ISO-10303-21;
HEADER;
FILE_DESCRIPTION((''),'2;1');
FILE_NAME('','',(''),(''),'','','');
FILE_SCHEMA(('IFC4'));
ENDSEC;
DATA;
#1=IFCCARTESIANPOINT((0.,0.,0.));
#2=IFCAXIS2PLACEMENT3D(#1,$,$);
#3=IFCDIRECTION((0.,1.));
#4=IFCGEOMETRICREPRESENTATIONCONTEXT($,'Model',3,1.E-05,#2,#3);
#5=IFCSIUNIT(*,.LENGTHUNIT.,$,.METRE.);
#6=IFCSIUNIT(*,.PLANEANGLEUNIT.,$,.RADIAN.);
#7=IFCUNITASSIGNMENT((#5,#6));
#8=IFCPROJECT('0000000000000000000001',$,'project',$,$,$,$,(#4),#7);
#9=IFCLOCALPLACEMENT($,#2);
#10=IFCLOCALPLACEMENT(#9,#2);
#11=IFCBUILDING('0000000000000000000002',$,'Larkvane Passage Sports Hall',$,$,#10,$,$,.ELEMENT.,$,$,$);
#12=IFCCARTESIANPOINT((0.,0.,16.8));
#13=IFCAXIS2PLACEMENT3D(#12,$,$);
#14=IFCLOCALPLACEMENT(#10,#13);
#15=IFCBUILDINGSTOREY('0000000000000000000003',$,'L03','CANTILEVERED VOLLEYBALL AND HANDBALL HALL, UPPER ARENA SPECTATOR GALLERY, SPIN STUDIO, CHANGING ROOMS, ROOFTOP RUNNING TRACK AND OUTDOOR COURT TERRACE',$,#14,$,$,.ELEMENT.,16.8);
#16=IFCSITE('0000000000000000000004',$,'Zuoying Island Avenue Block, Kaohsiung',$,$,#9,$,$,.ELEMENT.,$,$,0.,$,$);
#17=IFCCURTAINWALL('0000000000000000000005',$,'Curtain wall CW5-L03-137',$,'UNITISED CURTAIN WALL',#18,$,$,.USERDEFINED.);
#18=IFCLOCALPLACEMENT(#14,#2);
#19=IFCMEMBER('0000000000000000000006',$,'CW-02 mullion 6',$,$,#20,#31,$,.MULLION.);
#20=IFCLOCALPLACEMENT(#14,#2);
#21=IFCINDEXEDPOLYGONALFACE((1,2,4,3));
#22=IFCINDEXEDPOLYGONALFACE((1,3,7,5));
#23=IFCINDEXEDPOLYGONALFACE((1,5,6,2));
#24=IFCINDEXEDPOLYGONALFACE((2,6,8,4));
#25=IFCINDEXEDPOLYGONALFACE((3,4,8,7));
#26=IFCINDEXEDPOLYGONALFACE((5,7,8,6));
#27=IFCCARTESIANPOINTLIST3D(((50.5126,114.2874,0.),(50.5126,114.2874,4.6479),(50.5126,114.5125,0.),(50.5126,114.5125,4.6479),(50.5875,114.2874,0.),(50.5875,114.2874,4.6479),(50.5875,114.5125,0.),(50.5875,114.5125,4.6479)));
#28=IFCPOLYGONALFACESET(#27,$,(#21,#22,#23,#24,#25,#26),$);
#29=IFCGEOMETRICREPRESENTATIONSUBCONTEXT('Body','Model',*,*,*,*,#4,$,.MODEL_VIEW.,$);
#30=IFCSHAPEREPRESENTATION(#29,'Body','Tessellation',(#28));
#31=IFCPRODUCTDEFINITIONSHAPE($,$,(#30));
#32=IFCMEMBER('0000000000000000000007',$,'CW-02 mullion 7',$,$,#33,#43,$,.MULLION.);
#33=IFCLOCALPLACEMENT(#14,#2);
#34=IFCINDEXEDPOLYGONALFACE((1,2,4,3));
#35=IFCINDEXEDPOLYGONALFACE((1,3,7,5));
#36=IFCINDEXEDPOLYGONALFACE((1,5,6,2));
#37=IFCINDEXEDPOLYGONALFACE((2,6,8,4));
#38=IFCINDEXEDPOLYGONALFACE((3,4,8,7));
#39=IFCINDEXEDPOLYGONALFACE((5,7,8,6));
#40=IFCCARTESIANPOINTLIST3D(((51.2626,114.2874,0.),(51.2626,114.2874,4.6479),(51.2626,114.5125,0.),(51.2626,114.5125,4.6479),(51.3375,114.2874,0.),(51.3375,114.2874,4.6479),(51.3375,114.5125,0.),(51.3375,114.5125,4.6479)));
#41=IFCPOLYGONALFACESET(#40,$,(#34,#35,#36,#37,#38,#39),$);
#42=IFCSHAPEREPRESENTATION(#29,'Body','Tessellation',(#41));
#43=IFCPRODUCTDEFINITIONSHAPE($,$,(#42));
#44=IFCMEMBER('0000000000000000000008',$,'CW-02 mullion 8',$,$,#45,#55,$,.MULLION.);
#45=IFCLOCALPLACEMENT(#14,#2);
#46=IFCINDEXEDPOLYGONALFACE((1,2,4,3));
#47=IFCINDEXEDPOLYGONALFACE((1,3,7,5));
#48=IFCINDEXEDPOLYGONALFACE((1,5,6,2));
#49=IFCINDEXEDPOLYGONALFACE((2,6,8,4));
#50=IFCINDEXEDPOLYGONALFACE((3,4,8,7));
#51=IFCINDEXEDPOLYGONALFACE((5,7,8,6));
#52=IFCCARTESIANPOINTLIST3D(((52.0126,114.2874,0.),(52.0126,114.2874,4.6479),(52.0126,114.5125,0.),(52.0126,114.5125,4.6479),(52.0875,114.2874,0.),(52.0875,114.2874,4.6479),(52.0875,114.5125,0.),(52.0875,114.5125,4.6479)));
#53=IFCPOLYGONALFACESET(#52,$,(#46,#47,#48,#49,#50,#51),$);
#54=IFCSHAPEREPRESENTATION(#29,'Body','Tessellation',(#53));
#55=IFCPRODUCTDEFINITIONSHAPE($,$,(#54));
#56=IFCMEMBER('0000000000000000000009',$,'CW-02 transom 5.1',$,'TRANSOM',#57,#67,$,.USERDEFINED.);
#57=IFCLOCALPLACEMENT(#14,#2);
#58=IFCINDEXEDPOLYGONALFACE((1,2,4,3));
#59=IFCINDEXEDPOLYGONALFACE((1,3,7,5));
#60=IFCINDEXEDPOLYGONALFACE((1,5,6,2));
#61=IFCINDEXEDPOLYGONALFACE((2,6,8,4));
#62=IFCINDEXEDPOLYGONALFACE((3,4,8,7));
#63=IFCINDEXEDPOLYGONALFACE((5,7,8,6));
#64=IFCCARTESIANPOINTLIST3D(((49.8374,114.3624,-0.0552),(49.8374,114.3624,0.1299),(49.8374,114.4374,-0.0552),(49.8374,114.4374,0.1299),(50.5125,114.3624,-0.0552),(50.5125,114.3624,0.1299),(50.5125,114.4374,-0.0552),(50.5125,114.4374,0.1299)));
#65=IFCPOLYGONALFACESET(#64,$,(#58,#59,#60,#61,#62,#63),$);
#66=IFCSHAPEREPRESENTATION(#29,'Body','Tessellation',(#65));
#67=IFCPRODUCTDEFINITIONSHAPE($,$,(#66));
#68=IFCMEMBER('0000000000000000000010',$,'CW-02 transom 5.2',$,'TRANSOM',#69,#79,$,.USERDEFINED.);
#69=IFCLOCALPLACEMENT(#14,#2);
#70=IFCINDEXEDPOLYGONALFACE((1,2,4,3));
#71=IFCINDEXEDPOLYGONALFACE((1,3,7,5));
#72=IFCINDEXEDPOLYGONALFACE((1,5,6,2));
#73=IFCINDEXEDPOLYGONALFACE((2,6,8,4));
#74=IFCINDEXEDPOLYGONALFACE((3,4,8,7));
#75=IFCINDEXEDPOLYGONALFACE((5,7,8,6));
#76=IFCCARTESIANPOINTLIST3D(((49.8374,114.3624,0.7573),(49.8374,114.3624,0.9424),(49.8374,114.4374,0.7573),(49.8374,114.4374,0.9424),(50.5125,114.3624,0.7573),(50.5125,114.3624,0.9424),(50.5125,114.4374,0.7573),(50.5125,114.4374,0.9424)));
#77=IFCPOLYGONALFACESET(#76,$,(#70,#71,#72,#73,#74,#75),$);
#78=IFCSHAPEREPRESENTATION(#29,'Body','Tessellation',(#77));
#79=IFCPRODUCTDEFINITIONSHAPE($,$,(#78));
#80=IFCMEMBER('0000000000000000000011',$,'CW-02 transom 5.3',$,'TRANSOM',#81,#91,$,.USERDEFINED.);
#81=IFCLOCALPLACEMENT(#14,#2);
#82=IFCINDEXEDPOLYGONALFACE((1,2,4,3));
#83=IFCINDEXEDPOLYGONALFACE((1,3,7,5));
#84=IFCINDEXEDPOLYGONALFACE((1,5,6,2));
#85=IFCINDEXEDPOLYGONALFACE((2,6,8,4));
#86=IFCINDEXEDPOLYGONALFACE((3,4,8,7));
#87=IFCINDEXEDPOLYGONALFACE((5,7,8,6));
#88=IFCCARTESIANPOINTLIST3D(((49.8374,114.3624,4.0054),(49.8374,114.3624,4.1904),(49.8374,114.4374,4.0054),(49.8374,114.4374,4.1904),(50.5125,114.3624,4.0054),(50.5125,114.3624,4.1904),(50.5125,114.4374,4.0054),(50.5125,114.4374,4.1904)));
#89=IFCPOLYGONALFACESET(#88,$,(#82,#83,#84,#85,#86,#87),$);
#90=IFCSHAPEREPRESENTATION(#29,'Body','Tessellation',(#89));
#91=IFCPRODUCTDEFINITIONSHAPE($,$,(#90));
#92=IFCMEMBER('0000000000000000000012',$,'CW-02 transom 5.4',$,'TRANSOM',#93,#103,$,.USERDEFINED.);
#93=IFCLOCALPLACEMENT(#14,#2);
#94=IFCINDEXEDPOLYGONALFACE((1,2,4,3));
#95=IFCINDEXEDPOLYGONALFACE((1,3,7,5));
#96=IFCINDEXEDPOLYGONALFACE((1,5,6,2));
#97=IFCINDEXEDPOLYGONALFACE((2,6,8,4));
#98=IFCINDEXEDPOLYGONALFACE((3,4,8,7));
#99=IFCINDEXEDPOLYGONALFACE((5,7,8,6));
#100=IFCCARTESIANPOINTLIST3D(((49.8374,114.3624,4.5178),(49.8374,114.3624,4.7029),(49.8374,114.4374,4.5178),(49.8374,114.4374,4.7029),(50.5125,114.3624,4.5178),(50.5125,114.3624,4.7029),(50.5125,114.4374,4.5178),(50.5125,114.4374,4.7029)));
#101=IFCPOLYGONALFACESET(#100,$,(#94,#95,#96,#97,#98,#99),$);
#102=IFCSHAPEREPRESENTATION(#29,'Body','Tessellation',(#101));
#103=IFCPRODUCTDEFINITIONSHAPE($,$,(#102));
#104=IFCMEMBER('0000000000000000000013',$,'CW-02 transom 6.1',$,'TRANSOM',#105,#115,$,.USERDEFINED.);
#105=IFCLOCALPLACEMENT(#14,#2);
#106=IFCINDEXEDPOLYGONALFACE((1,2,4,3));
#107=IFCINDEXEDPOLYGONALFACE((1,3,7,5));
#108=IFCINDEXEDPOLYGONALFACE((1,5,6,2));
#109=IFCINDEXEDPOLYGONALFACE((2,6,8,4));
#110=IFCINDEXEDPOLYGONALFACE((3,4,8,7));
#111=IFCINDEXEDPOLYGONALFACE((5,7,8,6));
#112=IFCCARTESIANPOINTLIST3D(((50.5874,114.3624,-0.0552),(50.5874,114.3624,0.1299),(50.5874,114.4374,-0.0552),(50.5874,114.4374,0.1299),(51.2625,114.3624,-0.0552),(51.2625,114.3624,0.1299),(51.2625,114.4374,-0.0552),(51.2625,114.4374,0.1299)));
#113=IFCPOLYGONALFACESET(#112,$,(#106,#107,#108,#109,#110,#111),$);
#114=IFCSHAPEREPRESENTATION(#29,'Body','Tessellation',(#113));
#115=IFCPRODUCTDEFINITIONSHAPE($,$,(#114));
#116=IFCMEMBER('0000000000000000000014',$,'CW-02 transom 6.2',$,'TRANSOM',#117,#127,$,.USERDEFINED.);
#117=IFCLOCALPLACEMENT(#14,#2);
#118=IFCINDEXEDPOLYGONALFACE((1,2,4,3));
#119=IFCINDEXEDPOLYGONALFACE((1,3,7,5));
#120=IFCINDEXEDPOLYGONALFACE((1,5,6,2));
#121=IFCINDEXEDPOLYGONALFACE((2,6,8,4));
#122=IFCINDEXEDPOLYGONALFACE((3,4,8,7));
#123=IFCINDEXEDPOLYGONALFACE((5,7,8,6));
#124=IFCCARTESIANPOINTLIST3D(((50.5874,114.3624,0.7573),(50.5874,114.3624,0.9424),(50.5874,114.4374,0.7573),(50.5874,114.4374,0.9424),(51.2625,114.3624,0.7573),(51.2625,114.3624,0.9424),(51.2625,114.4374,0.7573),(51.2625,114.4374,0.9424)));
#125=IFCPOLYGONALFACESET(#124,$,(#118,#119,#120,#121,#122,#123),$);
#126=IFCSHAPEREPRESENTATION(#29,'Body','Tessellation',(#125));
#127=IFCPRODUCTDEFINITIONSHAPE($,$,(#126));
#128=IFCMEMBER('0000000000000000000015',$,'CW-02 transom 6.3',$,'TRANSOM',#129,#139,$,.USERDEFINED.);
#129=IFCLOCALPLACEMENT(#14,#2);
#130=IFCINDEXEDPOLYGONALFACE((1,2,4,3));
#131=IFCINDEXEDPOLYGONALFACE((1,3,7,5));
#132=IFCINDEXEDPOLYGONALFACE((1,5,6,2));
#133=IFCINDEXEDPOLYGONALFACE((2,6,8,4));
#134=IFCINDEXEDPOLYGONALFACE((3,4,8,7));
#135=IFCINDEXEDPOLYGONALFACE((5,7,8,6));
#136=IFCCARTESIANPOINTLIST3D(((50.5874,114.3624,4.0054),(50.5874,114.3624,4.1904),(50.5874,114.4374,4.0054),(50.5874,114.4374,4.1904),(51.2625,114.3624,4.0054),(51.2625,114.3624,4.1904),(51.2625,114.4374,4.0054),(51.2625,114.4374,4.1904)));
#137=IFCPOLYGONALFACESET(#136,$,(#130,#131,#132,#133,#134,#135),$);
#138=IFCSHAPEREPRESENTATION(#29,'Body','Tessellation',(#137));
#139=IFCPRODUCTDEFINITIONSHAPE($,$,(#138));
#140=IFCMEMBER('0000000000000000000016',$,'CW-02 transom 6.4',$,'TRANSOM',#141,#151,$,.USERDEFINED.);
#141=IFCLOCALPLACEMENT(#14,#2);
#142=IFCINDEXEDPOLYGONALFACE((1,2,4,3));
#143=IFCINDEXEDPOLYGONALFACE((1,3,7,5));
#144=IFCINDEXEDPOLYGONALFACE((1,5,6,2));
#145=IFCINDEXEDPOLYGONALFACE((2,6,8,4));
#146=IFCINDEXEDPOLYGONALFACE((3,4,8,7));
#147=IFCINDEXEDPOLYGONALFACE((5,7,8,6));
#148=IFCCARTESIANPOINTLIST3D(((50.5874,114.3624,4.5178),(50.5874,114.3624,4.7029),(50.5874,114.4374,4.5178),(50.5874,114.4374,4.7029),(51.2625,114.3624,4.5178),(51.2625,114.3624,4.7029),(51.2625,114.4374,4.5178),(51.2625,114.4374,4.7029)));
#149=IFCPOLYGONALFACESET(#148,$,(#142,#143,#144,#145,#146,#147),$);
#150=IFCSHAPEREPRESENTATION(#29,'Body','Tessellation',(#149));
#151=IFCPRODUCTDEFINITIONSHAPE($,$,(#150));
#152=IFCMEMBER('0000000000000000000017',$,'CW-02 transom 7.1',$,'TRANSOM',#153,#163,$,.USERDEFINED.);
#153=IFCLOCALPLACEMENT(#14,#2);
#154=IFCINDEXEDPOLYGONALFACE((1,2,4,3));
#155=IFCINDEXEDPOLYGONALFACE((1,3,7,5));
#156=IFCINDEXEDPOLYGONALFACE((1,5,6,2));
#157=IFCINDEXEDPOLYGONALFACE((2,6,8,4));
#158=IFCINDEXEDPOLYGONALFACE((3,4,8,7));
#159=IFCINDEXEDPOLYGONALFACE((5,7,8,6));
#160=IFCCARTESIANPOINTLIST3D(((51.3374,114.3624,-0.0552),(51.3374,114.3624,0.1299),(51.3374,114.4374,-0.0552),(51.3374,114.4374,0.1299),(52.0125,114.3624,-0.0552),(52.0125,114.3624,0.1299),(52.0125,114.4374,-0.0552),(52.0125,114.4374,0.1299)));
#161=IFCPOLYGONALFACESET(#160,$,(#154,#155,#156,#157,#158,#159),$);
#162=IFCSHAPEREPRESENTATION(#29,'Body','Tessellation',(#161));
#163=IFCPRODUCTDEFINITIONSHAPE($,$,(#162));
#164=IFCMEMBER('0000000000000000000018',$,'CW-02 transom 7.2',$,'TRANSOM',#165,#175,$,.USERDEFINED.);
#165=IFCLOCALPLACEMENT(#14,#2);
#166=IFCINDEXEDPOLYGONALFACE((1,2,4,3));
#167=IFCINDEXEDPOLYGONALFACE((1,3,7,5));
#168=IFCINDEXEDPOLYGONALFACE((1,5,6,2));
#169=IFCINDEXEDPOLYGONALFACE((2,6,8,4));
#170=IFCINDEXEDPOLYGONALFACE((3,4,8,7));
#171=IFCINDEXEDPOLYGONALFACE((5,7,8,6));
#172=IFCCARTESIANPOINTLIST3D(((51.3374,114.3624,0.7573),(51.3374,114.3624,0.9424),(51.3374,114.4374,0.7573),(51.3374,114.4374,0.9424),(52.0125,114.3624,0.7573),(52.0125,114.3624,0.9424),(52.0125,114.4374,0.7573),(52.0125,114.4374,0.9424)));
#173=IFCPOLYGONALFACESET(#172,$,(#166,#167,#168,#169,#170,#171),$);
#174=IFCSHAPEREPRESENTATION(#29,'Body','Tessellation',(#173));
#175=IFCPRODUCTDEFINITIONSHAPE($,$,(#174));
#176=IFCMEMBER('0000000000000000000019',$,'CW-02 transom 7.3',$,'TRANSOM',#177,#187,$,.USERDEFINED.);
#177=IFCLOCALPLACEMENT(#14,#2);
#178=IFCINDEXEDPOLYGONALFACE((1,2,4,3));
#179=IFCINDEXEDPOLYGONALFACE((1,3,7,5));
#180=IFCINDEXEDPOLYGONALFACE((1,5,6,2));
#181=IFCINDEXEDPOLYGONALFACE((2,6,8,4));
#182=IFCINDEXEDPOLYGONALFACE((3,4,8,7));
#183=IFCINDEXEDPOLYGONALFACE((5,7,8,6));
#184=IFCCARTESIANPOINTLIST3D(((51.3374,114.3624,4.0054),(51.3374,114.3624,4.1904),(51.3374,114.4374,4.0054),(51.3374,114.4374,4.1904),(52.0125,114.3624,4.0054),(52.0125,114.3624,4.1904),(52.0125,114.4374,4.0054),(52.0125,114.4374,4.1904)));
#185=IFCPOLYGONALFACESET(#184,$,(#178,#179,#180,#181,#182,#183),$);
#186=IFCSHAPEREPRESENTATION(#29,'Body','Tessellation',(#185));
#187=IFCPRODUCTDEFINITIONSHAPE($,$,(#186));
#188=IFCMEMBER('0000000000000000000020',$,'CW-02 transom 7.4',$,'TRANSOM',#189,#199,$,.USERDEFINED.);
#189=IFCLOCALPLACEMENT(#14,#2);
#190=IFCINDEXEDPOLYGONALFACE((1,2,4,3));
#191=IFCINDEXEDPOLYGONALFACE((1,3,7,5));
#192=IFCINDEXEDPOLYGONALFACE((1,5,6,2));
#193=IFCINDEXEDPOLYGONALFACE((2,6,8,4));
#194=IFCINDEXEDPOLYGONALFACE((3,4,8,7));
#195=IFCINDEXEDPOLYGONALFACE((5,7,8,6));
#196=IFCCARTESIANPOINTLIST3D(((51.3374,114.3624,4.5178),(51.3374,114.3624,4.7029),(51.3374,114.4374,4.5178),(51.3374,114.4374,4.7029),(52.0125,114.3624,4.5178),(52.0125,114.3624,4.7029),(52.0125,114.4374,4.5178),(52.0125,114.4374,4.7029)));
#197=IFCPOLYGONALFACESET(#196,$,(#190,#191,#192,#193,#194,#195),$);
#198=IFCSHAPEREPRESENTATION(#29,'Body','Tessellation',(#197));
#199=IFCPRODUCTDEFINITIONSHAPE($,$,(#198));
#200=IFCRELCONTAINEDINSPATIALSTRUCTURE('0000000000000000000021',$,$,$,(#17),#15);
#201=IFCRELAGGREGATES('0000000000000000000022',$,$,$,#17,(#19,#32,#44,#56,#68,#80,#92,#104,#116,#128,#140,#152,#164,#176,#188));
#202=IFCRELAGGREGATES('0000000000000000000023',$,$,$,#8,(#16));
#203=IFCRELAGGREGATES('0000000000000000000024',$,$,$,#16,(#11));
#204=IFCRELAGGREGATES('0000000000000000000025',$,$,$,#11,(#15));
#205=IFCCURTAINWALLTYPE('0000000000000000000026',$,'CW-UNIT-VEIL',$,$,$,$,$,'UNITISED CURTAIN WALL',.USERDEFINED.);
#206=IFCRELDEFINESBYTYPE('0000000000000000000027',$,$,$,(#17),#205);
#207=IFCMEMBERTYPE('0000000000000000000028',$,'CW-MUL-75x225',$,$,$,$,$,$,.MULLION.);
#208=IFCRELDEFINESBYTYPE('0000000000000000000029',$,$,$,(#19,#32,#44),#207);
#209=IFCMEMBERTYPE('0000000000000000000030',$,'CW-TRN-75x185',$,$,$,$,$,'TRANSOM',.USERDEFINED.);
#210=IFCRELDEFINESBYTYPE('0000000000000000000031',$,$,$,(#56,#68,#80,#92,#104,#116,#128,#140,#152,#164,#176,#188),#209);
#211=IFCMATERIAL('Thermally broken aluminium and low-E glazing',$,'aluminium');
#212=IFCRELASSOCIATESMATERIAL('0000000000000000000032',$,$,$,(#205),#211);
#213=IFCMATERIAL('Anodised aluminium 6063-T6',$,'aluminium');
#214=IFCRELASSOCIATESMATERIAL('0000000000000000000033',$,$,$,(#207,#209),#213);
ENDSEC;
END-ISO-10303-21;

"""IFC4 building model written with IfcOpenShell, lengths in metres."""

from ifc_helpers import new_model, si_unit, direction, frame, origin, origin_2d, place, context, subcontext, project, spatial, rectangle, extrude, material, material_profile, profile_set, type_object, element, aggregate, save


model = new_model("IFC4")

# Units and contexts
model_context = context("Model", 3, precision=1e-05, world=origin(), true_north=direction((0.0, 1.0)))
body_context = subcontext(model_context, "Body", "Model", "MODEL_VIEW")
ifc_project = project(units=[si_unit("LENGTHUNIT", "METRE"), si_unit("PLANEANGLEUNIT", "RADIAN")], contexts=[model_context])

# Site, building, storey
site_placement = place(None, origin())
site = spatial("IfcSite", under=ifc_project, at=site_placement, Name="Zuoying Island Avenue Block, Kaohsiung", CompositionType="ELEMENT", RefElevation=0.0)
building_placement = place(site_placement, origin())
building = spatial("IfcBuilding", under=site, at=building_placement, Name="Larkvane Passage Sports Hall", CompositionType="ELEMENT")
storey_placement = place(building_placement, frame((0.0, 0.0, 16.8)))
storey = spatial("IfcBuildingStorey", under=building, at=storey_placement, Name="L03", Description="CANTILEVERED VOLLEYBALL AND HANDBALL HALL, UPPER ARENA SPECTATOR GALLERY, SPIN STUDIO, CHANGING ROOMS, ROOFTOP RUNNING TRACK AND OUTDOOR COURT TERRACE", CompositionType="ELEMENT", Elevation=16.8)

# Curtain wall, members
ifc_material_1 = material(Name="Thermally broken aluminium and low-E glazing", Category="aluminium")
curtain_wall_type = type_object("IfcCurtainWallType", Name="CW-UNIT-VEIL", ElementType="UNITISED CURTAIN WALL", PredefinedType="USERDEFINED", material=ifc_material_1)
curtain_wall_placement = place(storey_placement, origin())
curtain_wall = element("IfcCurtainWall", 1, at=curtain_wall_placement, inside=storey, type_object=curtain_wall_type, Name="Curtain wall CW5-L03-137", ObjectType="UNITISED CURTAIN WALL", PredefinedType="USERDEFINED")
ifc_material_2 = material(Name="Anodised aluminium 6063-T6", Category="aluminium")
ifc_material_profile_1 = material_profile(ifc_material_2, rectangle(XDim=0.075, YDim=0.2251, at=origin_2d()), Name="ALU-MUL-75x225")
ifc_profile_set_1 = profile_set([ifc_material_profile_1], Name="Anodised aluminium 6063-T6")
member_type_1 = type_object("IfcMemberType", Name="CW-MUL-75x225", PredefinedType="MULLION", material=ifc_profile_set_1)
member_1_placement = place(storey_placement, frame((50.55, 114.3999, 0.0), z_axis=(0.0, 0.0, 1.0), x_axis=(1.0, 0.0, 0.0)))
member_1 = element("IfcMember", 2, at=member_1_placement, type_object=member_type_1, Name="CW-02 mullion 6", PredefinedType="MULLION", context=body_context, shape_type="SweptSolid", body=[
    extrude(rectangle(XDim=0.075, YDim=0.2251, at=origin_2d()), origin(), (0.0, 0.0, 1.0), 4.6479),
])
member_2_placement = place(storey_placement, frame((51.3, 114.3999, 0.0), z_axis=(0.0, 0.0, 1.0), x_axis=(1.0, 0.0, 0.0)))
member_2 = element("IfcMember", 3, at=member_2_placement, type_object=member_type_1, Name="CW-02 mullion 7", PredefinedType="MULLION", context=body_context, shape_type="SweptSolid", body=[
    extrude(rectangle(XDim=0.075, YDim=0.2251, at=origin_2d()), origin(), (0.0, 0.0, 1.0), 4.6479),
])
member_3_placement = place(storey_placement, frame((52.05, 114.3999, 0.0), z_axis=(0.0, 0.0, 1.0), x_axis=(1.0, 0.0, 0.0)))
member_3 = element("IfcMember", 4, at=member_3_placement, type_object=member_type_1, Name="CW-02 mullion 8", PredefinedType="MULLION", context=body_context, shape_type="SweptSolid", body=[
    extrude(rectangle(XDim=0.075, YDim=0.2251, at=origin_2d()), origin(), (0.0, 0.0, 1.0), 4.6479),
])
ifc_material_profile_2 = material_profile(ifc_material_2, rectangle(XDim=0.075, YDim=0.1851, at=origin_2d()), Name="ALU-TRN-75x185")
ifc_profile_set_2 = profile_set([ifc_material_profile_2], Name="Anodised aluminium 6063-T6")
member_type_2 = type_object("IfcMemberType", Name="CW-TRN-75x185", ElementType="TRANSOM", PredefinedType="USERDEFINED", material=ifc_profile_set_2)
member_4_placement = place(storey_placement, frame((49.8374, 114.3999, 0.0374), z_axis=(1.0, 0.0, 0.0), x_axis=(0.0, 1.0, 0.0)))
member_4 = element("IfcMember", 5, at=member_4_placement, type_object=member_type_2, Name="CW-02 transom 5.1", ObjectType="TRANSOM", PredefinedType="USERDEFINED", context=body_context, shape_type="SweptSolid", body=[
    extrude(rectangle(XDim=0.075, YDim=0.1851, at=origin_2d()), origin(), (0.0, 0.0, 1.0), 0.675),
])
member_5_placement = place(storey_placement, frame((49.8374, 114.3999, 0.8499), z_axis=(1.0, 0.0, 0.0), x_axis=(0.0, 1.0, 0.0)))
member_5 = element("IfcMember", 6, at=member_5_placement, type_object=member_type_2, Name="CW-02 transom 5.2", ObjectType="TRANSOM", PredefinedType="USERDEFINED", context=body_context, shape_type="SweptSolid", body=[
    extrude(rectangle(XDim=0.075, YDim=0.1851, at=origin_2d()), origin(), (0.0, 0.0, 1.0), 0.675),
])
member_6_placement = place(storey_placement, frame((49.8374, 114.3999, 4.0979), z_axis=(1.0, 0.0, 0.0), x_axis=(0.0, 1.0, 0.0)))
member_6 = element("IfcMember", 7, at=member_6_placement, type_object=member_type_2, Name="CW-02 transom 5.3", ObjectType="TRANSOM", PredefinedType="USERDEFINED", context=body_context, shape_type="SweptSolid", body=[
    extrude(rectangle(XDim=0.075, YDim=0.1851, at=origin_2d()), origin(), (0.0, 0.0, 1.0), 0.675),
])
member_7_placement = place(storey_placement, frame((49.8374, 114.3999, 4.6104), z_axis=(1.0, 0.0, 0.0), x_axis=(0.0, 1.0, 0.0)))
member_7 = element("IfcMember", 8, at=member_7_placement, type_object=member_type_2, Name="CW-02 transom 5.4", ObjectType="TRANSOM", PredefinedType="USERDEFINED", context=body_context, shape_type="SweptSolid", body=[
    extrude(rectangle(XDim=0.075, YDim=0.1851, at=origin_2d()), origin(), (0.0, 0.0, 1.0), 0.675),
])
member_8_placement = place(storey_placement, frame((50.5874, 114.3999, 0.0374), z_axis=(1.0, 0.0, 0.0), x_axis=(0.0, 1.0, 0.0)))
member_8 = element("IfcMember", 9, at=member_8_placement, type_object=member_type_2, Name="CW-02 transom 6.1", ObjectType="TRANSOM", PredefinedType="USERDEFINED", context=body_context, shape_type="SweptSolid", body=[
    extrude(rectangle(XDim=0.075, YDim=0.1851, at=origin_2d()), origin(), (0.0, 0.0, 1.0), 0.675),
])
member_9_placement = place(storey_placement, frame((50.5874, 114.3999, 0.8499), z_axis=(1.0, 0.0, 0.0), x_axis=(0.0, 1.0, 0.0)))
member_9 = element("IfcMember", 10, at=member_9_placement, type_object=member_type_2, Name="CW-02 transom 6.2", ObjectType="TRANSOM", PredefinedType="USERDEFINED", context=body_context, shape_type="SweptSolid", body=[
    extrude(rectangle(XDim=0.075, YDim=0.1851, at=origin_2d()), origin(), (0.0, 0.0, 1.0), 0.675),
])
member_10_placement = place(storey_placement, frame((50.5874, 114.3999, 4.0979), z_axis=(1.0, 0.0, 0.0), x_axis=(0.0, 1.0, 0.0)))
member_10 = element("IfcMember", 11, at=member_10_placement, type_object=member_type_2, Name="CW-02 transom 6.3", ObjectType="TRANSOM", PredefinedType="USERDEFINED", context=body_context, shape_type="SweptSolid", body=[
    extrude(rectangle(XDim=0.075, YDim=0.1851, at=origin_2d()), origin(), (0.0, 0.0, 1.0), 0.675),
])
member_11_placement = place(storey_placement, frame((50.5874, 114.3999, 4.6104), z_axis=(1.0, 0.0, 0.0), x_axis=(0.0, 1.0, 0.0)))
member_11 = element("IfcMember", 12, at=member_11_placement, type_object=member_type_2, Name="CW-02 transom 6.4", ObjectType="TRANSOM", PredefinedType="USERDEFINED", context=body_context, shape_type="SweptSolid", body=[
    extrude(rectangle(XDim=0.075, YDim=0.1851, at=origin_2d()), origin(), (0.0, 0.0, 1.0), 0.675),
])
member_12_placement = place(storey_placement, frame((51.3374, 114.3999, 0.0374), z_axis=(1.0, 0.0, 0.0), x_axis=(0.0, 1.0, 0.0)))
member_12 = element("IfcMember", 13, at=member_12_placement, type_object=member_type_2, Name="CW-02 transom 7.1", ObjectType="TRANSOM", PredefinedType="USERDEFINED", context=body_context, shape_type="SweptSolid", body=[
    extrude(rectangle(XDim=0.075, YDim=0.1851, at=origin_2d()), origin(), (0.0, 0.0, 1.0), 0.675),
])
member_13_placement = place(storey_placement, frame((51.3374, 114.3999, 0.8499), z_axis=(1.0, 0.0, 0.0), x_axis=(0.0, 1.0, 0.0)))
member_13 = element("IfcMember", 14, at=member_13_placement, type_object=member_type_2, Name="CW-02 transom 7.2", ObjectType="TRANSOM", PredefinedType="USERDEFINED", context=body_context, shape_type="SweptSolid", body=[
    extrude(rectangle(XDim=0.075, YDim=0.1851, at=origin_2d()), origin(), (0.0, 0.0, 1.0), 0.675),
])
member_14_placement = place(storey_placement, frame((51.3374, 114.3999, 4.0979), z_axis=(1.0, 0.0, 0.0), x_axis=(0.0, 1.0, 0.0)))
member_14 = element("IfcMember", 15, at=member_14_placement, type_object=member_type_2, Name="CW-02 transom 7.3", ObjectType="TRANSOM", PredefinedType="USERDEFINED", context=body_context, shape_type="SweptSolid", body=[
    extrude(rectangle(XDim=0.075, YDim=0.1851, at=origin_2d()), origin(), (0.0, 0.0, 1.0), 0.675),
])
member_15_placement = place(storey_placement, frame((51.3374, 114.3999, 4.6104), z_axis=(1.0, 0.0, 0.0), x_axis=(0.0, 1.0, 0.0)))
member_15 = element("IfcMember", 16, at=member_15_placement, type_object=member_type_2, Name="CW-02 transom 7.4", ObjectType="TRANSOM", PredefinedType="USERDEFINED", context=body_context, shape_type="SweptSolid", body=[
    extrude(rectangle(XDim=0.075, YDim=0.1851, at=origin_2d()), origin(), (0.0, 0.0, 1.0), 0.675),
])
aggregate(curtain_wall, [member_1, member_2, member_3, member_4, member_5, member_6, member_7, member_8, member_9, member_10, member_11, member_12, member_13, member_14, member_15])

save(model, "model.ifc")
